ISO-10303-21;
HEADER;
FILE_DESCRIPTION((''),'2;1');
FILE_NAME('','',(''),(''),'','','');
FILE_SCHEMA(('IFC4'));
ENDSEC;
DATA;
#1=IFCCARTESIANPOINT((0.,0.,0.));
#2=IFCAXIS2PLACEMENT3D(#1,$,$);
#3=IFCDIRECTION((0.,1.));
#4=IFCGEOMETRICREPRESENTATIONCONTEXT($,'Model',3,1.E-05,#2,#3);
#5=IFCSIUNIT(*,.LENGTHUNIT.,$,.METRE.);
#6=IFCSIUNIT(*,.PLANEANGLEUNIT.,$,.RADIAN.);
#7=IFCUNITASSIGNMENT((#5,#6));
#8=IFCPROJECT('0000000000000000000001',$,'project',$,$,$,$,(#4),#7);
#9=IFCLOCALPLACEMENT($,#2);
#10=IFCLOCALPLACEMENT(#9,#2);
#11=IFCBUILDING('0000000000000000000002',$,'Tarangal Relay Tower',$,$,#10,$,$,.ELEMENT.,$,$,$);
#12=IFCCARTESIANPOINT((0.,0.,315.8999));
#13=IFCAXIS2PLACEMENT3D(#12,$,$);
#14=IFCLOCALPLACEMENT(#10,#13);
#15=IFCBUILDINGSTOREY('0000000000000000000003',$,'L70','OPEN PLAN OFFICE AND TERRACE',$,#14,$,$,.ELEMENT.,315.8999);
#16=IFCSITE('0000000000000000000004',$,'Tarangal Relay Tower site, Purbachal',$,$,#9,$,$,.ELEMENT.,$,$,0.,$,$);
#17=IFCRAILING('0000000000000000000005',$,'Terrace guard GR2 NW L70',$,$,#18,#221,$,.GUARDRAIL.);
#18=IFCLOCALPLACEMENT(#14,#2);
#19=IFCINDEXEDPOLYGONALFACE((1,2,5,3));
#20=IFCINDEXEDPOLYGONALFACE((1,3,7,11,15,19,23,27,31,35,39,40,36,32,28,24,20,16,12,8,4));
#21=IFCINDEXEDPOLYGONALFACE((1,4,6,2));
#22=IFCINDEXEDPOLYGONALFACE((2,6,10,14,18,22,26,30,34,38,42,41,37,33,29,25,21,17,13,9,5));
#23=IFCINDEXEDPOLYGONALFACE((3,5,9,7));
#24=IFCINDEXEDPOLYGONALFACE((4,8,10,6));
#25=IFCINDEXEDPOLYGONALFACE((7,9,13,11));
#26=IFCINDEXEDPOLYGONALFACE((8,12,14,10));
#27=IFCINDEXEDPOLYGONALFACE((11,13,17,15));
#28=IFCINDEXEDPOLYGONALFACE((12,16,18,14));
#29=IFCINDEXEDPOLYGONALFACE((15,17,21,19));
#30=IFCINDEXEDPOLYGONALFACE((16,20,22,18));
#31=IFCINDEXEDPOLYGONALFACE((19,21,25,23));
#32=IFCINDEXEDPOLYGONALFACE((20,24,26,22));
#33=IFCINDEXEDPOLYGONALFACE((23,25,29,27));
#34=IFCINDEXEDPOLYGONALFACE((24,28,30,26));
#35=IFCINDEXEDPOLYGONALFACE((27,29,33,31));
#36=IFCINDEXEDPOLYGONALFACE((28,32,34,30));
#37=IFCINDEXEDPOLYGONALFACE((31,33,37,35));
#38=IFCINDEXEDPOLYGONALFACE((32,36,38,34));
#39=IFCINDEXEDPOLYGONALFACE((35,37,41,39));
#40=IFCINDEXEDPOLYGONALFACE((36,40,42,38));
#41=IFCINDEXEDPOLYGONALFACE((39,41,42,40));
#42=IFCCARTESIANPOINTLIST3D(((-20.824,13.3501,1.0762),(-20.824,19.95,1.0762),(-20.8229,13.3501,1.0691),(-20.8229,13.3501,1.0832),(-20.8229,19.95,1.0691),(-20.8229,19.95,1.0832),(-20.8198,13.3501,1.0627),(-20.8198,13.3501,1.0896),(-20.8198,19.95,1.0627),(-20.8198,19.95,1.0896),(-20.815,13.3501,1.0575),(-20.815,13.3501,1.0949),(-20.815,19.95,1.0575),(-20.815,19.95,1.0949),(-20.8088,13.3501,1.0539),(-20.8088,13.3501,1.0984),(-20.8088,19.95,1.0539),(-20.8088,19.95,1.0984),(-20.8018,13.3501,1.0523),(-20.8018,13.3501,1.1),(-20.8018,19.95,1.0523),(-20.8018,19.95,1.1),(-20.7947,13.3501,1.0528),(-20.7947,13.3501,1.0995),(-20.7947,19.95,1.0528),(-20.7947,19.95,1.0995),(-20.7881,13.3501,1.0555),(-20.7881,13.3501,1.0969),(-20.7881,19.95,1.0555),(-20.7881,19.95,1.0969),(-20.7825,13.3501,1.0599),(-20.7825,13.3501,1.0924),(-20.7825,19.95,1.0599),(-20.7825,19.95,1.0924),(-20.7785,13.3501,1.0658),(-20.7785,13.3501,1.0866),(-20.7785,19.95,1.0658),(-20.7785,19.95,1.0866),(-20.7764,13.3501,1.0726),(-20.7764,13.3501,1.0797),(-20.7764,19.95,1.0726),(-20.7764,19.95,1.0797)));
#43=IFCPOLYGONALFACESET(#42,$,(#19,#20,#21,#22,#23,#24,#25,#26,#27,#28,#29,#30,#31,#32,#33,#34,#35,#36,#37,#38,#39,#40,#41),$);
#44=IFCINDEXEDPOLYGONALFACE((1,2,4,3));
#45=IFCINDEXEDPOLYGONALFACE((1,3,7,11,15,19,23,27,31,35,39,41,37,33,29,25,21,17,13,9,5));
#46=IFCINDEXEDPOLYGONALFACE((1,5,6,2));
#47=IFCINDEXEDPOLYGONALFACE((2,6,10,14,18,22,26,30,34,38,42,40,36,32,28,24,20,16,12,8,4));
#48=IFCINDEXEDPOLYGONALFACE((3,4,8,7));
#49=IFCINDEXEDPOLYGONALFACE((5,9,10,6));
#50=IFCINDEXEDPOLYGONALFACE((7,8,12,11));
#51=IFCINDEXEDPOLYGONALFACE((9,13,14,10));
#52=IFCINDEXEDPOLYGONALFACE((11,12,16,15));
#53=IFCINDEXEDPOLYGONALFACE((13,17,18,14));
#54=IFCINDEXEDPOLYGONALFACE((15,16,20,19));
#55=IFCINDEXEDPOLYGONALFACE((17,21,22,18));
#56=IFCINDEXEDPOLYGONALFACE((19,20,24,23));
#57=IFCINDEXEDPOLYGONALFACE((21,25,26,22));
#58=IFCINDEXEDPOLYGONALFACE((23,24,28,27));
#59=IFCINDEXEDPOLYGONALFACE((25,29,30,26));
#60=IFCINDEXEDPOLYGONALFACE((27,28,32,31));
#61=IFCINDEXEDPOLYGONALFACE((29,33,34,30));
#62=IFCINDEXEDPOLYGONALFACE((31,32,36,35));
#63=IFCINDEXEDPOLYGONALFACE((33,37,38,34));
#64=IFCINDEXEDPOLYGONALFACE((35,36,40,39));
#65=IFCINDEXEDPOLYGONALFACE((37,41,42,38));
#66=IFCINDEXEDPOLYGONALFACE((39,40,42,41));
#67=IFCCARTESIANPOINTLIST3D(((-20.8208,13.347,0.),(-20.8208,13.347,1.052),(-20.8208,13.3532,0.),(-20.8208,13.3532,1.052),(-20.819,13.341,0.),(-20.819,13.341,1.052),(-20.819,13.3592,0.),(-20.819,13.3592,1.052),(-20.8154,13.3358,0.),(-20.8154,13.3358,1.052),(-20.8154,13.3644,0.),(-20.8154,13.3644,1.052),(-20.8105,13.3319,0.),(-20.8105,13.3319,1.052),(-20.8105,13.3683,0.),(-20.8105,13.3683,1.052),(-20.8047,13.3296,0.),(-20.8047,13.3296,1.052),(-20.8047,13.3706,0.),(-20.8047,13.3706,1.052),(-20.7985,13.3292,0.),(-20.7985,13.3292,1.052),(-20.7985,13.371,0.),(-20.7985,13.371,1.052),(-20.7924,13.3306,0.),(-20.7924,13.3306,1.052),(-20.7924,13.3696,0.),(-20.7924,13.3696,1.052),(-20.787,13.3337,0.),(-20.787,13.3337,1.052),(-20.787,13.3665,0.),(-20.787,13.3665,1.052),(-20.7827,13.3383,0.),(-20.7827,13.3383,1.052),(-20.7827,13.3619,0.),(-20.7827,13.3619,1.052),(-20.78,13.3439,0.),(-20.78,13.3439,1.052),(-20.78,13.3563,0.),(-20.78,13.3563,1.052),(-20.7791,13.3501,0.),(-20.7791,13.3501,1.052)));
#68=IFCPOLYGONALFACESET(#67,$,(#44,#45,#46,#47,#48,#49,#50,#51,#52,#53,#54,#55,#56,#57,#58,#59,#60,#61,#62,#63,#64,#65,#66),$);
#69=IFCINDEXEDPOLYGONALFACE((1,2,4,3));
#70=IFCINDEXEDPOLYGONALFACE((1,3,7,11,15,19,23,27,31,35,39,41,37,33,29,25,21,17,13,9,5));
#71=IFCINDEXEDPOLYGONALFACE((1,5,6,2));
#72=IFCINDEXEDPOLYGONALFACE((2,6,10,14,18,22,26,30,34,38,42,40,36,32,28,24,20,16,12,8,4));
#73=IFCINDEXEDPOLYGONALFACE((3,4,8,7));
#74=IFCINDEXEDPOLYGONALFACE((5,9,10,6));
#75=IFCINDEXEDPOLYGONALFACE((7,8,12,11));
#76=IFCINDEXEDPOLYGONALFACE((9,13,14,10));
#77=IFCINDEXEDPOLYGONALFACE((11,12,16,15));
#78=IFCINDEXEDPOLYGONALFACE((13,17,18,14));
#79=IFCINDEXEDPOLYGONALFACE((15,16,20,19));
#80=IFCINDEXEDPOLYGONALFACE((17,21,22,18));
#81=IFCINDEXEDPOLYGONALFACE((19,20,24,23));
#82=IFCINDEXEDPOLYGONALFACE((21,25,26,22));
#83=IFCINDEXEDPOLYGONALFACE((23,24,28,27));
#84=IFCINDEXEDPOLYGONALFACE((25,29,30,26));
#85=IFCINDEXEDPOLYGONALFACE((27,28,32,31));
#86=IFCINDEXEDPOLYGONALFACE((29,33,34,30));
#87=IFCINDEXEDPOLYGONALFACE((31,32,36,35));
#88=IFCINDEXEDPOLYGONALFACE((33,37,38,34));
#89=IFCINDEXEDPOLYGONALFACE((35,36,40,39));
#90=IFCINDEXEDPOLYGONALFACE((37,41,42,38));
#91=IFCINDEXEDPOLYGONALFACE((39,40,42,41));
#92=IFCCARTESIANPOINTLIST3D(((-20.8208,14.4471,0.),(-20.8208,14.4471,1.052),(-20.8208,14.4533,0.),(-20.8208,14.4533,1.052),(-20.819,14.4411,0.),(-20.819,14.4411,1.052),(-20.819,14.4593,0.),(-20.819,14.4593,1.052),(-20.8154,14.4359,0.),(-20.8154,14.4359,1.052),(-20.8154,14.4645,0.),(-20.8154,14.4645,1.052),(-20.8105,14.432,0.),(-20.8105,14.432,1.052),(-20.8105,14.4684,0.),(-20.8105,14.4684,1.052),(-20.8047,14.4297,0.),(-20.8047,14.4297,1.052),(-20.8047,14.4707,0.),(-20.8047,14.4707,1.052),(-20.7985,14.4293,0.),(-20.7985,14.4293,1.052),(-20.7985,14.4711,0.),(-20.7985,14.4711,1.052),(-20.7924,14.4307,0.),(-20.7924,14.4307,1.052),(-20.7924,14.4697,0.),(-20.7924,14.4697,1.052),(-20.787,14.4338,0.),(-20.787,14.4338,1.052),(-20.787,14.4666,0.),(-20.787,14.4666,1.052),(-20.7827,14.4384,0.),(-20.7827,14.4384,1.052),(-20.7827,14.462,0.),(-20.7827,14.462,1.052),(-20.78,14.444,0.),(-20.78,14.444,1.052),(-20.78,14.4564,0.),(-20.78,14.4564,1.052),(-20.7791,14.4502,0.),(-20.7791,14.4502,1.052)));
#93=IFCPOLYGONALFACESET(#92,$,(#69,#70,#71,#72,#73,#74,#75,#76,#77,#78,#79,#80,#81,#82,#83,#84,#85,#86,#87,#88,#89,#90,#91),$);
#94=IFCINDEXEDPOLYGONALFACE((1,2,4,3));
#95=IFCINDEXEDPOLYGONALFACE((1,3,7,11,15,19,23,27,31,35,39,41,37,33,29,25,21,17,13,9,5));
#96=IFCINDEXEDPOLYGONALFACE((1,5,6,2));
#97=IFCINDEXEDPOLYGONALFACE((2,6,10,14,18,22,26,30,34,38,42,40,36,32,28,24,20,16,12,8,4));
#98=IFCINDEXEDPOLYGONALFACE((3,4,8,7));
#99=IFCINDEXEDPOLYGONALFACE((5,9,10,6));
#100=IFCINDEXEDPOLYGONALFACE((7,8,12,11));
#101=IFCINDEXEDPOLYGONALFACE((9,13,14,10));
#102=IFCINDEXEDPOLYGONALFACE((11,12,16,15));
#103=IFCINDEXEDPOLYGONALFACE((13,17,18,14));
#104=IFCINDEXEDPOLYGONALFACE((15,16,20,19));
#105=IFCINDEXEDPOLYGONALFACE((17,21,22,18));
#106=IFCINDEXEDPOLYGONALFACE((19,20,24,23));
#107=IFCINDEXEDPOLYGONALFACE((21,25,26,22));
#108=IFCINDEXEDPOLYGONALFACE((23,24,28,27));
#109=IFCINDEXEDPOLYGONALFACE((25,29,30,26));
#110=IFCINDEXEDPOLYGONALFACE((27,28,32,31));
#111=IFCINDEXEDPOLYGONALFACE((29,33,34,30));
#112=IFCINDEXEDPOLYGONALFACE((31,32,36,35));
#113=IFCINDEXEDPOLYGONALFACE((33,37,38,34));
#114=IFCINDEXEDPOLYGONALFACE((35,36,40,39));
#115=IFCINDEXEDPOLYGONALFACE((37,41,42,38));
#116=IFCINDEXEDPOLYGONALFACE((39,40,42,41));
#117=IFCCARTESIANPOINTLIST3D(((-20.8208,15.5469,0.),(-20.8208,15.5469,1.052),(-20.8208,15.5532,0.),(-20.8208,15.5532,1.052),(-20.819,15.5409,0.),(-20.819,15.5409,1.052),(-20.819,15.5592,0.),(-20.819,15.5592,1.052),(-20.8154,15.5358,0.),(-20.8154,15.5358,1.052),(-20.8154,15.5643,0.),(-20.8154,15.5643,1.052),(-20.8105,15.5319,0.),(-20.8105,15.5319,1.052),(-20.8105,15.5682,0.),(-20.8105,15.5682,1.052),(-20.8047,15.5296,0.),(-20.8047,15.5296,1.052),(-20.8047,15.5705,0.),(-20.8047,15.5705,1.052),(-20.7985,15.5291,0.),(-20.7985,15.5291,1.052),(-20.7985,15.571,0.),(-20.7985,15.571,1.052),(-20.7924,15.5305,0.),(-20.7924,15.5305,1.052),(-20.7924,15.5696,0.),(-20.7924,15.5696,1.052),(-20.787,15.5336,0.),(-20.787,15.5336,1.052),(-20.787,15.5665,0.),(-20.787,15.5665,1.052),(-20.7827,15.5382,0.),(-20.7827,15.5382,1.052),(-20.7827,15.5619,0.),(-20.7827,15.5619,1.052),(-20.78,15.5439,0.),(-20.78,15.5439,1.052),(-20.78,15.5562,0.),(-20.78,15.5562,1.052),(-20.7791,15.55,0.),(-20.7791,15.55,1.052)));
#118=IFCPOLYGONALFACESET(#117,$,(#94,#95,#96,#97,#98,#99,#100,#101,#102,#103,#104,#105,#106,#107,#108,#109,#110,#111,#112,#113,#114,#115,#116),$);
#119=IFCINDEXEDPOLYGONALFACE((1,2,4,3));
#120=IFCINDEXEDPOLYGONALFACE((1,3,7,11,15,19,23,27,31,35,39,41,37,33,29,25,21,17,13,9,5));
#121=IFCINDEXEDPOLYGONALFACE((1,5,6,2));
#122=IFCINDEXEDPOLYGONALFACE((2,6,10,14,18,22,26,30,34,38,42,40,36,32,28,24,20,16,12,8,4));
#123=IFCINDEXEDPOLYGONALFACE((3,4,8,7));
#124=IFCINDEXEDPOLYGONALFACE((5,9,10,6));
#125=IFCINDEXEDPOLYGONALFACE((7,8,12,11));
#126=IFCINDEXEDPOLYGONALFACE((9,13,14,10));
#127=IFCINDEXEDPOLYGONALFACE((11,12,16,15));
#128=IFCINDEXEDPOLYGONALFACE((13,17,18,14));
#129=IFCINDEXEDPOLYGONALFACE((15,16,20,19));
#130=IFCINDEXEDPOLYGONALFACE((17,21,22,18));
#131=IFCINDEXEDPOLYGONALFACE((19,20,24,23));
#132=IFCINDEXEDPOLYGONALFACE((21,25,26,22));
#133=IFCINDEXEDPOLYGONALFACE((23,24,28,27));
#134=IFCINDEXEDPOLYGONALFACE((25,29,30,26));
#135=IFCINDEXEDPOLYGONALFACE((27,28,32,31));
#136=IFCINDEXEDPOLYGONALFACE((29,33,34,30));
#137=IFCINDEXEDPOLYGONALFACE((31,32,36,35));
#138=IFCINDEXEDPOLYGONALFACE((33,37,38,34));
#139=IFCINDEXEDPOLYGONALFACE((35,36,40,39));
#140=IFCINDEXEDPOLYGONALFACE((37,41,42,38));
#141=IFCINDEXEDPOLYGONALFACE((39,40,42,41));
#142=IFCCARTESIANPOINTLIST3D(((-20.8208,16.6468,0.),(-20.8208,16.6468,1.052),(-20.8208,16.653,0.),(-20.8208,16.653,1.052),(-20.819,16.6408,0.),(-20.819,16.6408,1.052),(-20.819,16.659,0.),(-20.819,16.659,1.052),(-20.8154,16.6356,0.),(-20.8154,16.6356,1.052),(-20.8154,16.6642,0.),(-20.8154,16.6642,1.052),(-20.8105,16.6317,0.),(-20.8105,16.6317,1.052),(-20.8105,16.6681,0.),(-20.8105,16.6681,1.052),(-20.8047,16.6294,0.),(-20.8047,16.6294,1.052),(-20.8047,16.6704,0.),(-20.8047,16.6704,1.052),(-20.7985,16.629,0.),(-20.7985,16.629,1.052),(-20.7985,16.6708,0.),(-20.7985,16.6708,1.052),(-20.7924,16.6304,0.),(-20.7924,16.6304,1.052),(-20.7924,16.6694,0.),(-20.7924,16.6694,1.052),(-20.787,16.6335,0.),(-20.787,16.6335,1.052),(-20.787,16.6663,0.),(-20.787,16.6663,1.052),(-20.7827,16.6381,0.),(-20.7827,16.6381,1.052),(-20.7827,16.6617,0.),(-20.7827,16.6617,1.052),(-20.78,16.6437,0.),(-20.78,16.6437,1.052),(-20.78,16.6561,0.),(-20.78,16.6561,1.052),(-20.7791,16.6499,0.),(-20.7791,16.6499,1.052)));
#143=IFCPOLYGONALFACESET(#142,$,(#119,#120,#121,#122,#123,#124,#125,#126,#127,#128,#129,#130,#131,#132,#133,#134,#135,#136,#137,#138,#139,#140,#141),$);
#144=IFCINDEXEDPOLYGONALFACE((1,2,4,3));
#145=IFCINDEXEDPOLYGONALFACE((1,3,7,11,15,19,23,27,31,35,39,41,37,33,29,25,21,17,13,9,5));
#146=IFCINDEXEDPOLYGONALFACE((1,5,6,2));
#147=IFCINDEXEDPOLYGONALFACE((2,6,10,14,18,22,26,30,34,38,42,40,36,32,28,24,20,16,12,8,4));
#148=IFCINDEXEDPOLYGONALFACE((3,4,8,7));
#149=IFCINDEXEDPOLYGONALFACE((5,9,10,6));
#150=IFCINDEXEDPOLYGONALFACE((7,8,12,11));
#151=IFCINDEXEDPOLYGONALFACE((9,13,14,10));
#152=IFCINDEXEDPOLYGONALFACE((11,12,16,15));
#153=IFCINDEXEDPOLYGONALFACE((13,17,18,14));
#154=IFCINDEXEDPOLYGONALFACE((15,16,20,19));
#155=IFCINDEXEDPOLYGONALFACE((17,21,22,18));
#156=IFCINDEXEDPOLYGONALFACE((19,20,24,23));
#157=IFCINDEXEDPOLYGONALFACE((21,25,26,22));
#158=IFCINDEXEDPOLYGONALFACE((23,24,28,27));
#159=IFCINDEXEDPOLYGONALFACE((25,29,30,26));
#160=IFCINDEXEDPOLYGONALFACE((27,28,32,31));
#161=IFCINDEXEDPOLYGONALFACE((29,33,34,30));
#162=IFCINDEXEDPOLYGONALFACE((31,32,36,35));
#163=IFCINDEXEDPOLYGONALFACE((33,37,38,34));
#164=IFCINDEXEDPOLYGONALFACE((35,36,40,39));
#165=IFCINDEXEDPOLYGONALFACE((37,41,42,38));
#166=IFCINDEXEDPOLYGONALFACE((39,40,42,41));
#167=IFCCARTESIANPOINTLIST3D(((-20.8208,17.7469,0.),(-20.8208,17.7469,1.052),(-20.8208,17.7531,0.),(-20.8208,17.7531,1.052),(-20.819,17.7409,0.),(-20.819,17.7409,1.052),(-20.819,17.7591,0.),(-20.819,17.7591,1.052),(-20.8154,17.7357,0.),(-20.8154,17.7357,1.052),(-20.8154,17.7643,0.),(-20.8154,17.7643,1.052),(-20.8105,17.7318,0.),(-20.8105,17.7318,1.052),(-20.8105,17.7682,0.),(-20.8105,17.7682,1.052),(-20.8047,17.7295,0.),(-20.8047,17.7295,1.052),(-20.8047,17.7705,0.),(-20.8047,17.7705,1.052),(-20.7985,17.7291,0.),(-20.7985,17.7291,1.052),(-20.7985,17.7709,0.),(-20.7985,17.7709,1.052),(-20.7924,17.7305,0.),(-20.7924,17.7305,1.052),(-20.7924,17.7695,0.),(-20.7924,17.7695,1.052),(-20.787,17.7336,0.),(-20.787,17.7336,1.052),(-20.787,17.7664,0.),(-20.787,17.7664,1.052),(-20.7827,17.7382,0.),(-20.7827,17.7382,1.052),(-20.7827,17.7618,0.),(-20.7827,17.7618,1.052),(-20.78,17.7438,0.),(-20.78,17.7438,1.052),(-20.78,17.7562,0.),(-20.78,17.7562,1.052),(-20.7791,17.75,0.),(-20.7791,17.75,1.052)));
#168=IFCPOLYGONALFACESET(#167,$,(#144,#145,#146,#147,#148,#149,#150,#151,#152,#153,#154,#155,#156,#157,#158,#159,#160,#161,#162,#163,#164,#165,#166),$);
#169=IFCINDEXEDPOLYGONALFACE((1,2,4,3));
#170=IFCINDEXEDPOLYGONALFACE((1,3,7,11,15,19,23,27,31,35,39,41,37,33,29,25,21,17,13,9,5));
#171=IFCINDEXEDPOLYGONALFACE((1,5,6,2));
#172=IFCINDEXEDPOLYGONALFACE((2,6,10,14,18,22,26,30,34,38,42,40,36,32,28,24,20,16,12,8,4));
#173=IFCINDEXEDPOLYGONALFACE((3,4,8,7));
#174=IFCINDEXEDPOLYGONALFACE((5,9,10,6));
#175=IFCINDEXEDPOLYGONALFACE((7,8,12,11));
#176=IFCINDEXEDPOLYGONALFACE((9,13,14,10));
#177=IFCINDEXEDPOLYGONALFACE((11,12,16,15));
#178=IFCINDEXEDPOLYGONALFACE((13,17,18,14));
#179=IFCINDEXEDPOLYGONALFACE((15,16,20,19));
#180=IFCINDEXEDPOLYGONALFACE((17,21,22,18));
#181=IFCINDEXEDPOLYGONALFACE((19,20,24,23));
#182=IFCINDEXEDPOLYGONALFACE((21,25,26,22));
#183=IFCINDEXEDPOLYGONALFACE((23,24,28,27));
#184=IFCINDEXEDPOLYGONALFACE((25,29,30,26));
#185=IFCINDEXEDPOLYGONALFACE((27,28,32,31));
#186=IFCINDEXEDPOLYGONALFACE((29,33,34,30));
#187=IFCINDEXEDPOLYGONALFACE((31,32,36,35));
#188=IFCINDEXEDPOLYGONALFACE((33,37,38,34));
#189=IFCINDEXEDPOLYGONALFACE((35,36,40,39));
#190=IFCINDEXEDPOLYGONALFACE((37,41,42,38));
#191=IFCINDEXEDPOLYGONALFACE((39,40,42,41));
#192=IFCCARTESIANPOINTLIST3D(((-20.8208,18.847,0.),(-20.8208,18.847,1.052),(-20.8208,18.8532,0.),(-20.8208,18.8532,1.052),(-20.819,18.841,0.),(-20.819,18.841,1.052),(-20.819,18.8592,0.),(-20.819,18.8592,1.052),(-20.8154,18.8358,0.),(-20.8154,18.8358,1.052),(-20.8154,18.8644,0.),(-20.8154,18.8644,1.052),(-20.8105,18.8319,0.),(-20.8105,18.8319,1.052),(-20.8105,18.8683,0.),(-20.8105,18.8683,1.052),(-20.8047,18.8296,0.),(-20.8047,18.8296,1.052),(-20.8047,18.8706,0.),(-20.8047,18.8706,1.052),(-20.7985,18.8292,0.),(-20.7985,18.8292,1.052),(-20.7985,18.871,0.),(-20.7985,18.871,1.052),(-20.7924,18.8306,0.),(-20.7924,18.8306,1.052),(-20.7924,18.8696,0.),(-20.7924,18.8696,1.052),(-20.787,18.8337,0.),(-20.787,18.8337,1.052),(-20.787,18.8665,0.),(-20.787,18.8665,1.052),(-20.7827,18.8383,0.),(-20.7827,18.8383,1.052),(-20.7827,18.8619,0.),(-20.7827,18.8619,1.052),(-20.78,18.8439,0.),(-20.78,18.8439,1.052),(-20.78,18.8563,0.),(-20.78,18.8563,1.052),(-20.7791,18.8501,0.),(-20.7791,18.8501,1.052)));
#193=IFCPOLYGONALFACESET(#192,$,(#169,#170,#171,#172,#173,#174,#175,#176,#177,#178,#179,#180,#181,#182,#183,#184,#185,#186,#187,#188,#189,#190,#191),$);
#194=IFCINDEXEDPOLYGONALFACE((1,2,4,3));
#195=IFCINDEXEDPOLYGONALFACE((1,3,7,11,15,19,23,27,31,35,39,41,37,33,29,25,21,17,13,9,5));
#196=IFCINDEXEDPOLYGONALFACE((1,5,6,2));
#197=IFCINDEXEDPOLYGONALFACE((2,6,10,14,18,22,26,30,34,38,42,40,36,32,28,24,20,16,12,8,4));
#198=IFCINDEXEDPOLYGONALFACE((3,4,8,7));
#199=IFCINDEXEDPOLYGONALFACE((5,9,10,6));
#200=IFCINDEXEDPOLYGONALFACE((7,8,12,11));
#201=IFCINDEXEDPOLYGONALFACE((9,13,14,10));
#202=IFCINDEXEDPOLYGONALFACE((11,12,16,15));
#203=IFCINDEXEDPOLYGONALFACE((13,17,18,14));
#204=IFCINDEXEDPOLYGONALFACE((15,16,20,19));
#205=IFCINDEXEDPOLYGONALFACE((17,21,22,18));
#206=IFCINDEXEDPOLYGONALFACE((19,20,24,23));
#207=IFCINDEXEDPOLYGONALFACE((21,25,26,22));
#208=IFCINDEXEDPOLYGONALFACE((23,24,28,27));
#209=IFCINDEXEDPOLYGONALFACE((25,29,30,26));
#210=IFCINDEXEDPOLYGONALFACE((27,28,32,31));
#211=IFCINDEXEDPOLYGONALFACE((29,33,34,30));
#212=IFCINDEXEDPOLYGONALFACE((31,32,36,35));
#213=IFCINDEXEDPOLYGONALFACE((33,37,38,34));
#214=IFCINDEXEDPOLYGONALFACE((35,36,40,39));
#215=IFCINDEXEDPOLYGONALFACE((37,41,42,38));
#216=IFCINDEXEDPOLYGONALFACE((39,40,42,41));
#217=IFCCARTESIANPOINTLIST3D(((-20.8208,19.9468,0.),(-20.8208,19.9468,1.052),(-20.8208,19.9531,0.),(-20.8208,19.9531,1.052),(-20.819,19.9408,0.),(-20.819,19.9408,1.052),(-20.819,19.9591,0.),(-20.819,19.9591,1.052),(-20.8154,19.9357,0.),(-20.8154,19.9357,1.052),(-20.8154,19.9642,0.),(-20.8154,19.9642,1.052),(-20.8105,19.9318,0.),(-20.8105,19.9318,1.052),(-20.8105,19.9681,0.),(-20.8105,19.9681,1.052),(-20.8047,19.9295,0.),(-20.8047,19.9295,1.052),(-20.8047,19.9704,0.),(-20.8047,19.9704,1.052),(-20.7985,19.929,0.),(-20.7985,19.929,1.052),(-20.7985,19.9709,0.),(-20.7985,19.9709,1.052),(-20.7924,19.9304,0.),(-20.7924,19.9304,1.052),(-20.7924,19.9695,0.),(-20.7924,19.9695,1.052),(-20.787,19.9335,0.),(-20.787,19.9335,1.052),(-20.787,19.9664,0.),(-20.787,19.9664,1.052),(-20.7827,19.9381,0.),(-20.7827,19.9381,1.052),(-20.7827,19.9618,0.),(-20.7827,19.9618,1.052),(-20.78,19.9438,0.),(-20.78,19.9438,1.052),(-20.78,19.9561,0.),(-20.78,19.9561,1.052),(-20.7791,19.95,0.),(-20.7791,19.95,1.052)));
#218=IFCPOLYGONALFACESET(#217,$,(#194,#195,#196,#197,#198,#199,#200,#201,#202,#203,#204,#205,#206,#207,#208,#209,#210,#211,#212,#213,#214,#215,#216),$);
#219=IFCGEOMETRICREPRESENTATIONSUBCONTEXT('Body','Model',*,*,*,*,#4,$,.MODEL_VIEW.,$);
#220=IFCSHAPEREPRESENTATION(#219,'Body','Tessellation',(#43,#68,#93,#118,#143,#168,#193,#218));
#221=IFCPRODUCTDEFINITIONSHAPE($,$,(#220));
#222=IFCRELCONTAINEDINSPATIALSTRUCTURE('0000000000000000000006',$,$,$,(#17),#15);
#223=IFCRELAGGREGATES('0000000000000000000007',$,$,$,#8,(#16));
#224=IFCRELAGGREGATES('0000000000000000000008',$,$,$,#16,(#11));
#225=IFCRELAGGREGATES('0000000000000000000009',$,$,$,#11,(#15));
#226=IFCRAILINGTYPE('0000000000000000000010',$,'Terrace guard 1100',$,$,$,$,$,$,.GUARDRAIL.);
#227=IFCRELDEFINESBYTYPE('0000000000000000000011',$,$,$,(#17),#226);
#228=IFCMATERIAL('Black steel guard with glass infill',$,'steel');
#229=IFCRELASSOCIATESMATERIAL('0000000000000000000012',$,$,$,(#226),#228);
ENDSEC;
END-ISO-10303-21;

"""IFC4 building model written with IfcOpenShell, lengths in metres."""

from ifc_helpers import new_model, si_unit, direction, frame, origin, origin_2d, place, context, subcontext, project, spatial, circle, extrude, material, type_object, element, save


model = new_model("IFC4")

# Units and contexts
model_context = context("Model", 3, precision=1e-05, world=origin(), true_north=direction((0.0, 1.0)))
body_context = subcontext(model_context, "Body", "Model", "MODEL_VIEW")
ifc_project = project(units=[si_unit("LENGTHUNIT", "METRE"), si_unit("PLANEANGLEUNIT", "RADIAN")], contexts=[model_context])

# Site, building, storey
site_placement = place(None, origin())
site = spatial("IfcSite", under=ifc_project, at=site_placement, Name="Tarangal Relay Tower site, Purbachal", CompositionType="ELEMENT", RefElevation=0.0)
building_placement = place(site_placement, origin())
building = spatial("IfcBuilding", under=site, at=building_placement, Name="Tarangal Relay Tower", CompositionType="ELEMENT")
storey_placement = place(building_placement, frame((0.0, 0.0, 315.8999)))
storey = spatial("IfcBuildingStorey", under=building, at=storey_placement, Name="L70", Description="OPEN PLAN OFFICE AND TERRACE", CompositionType="ELEMENT", Elevation=315.8999)

# Railing
ifc_material_1 = material(Name="Black steel guard with glass infill", Category="steel")
railing_type = type_object("IfcRailingType", Name="Terrace guard 1100", PredefinedType="GUARDRAIL", material=ifc_material_1)
railing_1_placement = place(storey_placement, frame((-20.8, 13.3501, 0.0)))
element("IfcRailing", 1, at=railing_1_placement, inside=storey, type_object=railing_type, Name="Terrace guard GR2 NW L70", PredefinedType="GUARDRAIL", context=body_context, shape_type="SweptSolid", body=[
    extrude(circle(Radius=0.0239, at=origin_2d()), frame((0.0, 0.0, 1.0762), z_axis=(0.0, 1.0, 0.0), x_axis=(-1.0, 0.0, 0.0)), (0.0, 0.0, 1.0), 6.5999),
    extrude(circle(Radius=0.021, at=origin_2d()), origin(), (0.0, 0.0, 1.0), 1.052),
    extrude(circle(Radius=0.021, at=origin_2d()), frame((0.0, 1.1001, 0.0)), (0.0, 0.0, 1.0), 1.052),
    extrude(circle(Radius=0.021, at=origin_2d()), frame((0.0, 2.2, 0.0)), (0.0, 0.0, 1.0), 1.052),
    extrude(circle(Radius=0.021, at=origin_2d()), frame((0.0, 3.2998, 0.0)), (0.0, 0.0, 1.0), 1.052),
    extrude(circle(Radius=0.021, at=origin_2d()), frame((0.0, 4.3999, 0.0)), (0.0, 0.0, 1.0), 1.052),
    extrude(circle(Radius=0.021, at=origin_2d()), frame((0.0, 5.5, 0.0)), (0.0, 0.0, 1.0), 1.052),
    extrude(circle(Radius=0.021, at=origin_2d()), frame((0.0, 6.5999, 0.0)), (0.0, 0.0, 1.0), 1.052),
])

save(model, "model.ifc")
